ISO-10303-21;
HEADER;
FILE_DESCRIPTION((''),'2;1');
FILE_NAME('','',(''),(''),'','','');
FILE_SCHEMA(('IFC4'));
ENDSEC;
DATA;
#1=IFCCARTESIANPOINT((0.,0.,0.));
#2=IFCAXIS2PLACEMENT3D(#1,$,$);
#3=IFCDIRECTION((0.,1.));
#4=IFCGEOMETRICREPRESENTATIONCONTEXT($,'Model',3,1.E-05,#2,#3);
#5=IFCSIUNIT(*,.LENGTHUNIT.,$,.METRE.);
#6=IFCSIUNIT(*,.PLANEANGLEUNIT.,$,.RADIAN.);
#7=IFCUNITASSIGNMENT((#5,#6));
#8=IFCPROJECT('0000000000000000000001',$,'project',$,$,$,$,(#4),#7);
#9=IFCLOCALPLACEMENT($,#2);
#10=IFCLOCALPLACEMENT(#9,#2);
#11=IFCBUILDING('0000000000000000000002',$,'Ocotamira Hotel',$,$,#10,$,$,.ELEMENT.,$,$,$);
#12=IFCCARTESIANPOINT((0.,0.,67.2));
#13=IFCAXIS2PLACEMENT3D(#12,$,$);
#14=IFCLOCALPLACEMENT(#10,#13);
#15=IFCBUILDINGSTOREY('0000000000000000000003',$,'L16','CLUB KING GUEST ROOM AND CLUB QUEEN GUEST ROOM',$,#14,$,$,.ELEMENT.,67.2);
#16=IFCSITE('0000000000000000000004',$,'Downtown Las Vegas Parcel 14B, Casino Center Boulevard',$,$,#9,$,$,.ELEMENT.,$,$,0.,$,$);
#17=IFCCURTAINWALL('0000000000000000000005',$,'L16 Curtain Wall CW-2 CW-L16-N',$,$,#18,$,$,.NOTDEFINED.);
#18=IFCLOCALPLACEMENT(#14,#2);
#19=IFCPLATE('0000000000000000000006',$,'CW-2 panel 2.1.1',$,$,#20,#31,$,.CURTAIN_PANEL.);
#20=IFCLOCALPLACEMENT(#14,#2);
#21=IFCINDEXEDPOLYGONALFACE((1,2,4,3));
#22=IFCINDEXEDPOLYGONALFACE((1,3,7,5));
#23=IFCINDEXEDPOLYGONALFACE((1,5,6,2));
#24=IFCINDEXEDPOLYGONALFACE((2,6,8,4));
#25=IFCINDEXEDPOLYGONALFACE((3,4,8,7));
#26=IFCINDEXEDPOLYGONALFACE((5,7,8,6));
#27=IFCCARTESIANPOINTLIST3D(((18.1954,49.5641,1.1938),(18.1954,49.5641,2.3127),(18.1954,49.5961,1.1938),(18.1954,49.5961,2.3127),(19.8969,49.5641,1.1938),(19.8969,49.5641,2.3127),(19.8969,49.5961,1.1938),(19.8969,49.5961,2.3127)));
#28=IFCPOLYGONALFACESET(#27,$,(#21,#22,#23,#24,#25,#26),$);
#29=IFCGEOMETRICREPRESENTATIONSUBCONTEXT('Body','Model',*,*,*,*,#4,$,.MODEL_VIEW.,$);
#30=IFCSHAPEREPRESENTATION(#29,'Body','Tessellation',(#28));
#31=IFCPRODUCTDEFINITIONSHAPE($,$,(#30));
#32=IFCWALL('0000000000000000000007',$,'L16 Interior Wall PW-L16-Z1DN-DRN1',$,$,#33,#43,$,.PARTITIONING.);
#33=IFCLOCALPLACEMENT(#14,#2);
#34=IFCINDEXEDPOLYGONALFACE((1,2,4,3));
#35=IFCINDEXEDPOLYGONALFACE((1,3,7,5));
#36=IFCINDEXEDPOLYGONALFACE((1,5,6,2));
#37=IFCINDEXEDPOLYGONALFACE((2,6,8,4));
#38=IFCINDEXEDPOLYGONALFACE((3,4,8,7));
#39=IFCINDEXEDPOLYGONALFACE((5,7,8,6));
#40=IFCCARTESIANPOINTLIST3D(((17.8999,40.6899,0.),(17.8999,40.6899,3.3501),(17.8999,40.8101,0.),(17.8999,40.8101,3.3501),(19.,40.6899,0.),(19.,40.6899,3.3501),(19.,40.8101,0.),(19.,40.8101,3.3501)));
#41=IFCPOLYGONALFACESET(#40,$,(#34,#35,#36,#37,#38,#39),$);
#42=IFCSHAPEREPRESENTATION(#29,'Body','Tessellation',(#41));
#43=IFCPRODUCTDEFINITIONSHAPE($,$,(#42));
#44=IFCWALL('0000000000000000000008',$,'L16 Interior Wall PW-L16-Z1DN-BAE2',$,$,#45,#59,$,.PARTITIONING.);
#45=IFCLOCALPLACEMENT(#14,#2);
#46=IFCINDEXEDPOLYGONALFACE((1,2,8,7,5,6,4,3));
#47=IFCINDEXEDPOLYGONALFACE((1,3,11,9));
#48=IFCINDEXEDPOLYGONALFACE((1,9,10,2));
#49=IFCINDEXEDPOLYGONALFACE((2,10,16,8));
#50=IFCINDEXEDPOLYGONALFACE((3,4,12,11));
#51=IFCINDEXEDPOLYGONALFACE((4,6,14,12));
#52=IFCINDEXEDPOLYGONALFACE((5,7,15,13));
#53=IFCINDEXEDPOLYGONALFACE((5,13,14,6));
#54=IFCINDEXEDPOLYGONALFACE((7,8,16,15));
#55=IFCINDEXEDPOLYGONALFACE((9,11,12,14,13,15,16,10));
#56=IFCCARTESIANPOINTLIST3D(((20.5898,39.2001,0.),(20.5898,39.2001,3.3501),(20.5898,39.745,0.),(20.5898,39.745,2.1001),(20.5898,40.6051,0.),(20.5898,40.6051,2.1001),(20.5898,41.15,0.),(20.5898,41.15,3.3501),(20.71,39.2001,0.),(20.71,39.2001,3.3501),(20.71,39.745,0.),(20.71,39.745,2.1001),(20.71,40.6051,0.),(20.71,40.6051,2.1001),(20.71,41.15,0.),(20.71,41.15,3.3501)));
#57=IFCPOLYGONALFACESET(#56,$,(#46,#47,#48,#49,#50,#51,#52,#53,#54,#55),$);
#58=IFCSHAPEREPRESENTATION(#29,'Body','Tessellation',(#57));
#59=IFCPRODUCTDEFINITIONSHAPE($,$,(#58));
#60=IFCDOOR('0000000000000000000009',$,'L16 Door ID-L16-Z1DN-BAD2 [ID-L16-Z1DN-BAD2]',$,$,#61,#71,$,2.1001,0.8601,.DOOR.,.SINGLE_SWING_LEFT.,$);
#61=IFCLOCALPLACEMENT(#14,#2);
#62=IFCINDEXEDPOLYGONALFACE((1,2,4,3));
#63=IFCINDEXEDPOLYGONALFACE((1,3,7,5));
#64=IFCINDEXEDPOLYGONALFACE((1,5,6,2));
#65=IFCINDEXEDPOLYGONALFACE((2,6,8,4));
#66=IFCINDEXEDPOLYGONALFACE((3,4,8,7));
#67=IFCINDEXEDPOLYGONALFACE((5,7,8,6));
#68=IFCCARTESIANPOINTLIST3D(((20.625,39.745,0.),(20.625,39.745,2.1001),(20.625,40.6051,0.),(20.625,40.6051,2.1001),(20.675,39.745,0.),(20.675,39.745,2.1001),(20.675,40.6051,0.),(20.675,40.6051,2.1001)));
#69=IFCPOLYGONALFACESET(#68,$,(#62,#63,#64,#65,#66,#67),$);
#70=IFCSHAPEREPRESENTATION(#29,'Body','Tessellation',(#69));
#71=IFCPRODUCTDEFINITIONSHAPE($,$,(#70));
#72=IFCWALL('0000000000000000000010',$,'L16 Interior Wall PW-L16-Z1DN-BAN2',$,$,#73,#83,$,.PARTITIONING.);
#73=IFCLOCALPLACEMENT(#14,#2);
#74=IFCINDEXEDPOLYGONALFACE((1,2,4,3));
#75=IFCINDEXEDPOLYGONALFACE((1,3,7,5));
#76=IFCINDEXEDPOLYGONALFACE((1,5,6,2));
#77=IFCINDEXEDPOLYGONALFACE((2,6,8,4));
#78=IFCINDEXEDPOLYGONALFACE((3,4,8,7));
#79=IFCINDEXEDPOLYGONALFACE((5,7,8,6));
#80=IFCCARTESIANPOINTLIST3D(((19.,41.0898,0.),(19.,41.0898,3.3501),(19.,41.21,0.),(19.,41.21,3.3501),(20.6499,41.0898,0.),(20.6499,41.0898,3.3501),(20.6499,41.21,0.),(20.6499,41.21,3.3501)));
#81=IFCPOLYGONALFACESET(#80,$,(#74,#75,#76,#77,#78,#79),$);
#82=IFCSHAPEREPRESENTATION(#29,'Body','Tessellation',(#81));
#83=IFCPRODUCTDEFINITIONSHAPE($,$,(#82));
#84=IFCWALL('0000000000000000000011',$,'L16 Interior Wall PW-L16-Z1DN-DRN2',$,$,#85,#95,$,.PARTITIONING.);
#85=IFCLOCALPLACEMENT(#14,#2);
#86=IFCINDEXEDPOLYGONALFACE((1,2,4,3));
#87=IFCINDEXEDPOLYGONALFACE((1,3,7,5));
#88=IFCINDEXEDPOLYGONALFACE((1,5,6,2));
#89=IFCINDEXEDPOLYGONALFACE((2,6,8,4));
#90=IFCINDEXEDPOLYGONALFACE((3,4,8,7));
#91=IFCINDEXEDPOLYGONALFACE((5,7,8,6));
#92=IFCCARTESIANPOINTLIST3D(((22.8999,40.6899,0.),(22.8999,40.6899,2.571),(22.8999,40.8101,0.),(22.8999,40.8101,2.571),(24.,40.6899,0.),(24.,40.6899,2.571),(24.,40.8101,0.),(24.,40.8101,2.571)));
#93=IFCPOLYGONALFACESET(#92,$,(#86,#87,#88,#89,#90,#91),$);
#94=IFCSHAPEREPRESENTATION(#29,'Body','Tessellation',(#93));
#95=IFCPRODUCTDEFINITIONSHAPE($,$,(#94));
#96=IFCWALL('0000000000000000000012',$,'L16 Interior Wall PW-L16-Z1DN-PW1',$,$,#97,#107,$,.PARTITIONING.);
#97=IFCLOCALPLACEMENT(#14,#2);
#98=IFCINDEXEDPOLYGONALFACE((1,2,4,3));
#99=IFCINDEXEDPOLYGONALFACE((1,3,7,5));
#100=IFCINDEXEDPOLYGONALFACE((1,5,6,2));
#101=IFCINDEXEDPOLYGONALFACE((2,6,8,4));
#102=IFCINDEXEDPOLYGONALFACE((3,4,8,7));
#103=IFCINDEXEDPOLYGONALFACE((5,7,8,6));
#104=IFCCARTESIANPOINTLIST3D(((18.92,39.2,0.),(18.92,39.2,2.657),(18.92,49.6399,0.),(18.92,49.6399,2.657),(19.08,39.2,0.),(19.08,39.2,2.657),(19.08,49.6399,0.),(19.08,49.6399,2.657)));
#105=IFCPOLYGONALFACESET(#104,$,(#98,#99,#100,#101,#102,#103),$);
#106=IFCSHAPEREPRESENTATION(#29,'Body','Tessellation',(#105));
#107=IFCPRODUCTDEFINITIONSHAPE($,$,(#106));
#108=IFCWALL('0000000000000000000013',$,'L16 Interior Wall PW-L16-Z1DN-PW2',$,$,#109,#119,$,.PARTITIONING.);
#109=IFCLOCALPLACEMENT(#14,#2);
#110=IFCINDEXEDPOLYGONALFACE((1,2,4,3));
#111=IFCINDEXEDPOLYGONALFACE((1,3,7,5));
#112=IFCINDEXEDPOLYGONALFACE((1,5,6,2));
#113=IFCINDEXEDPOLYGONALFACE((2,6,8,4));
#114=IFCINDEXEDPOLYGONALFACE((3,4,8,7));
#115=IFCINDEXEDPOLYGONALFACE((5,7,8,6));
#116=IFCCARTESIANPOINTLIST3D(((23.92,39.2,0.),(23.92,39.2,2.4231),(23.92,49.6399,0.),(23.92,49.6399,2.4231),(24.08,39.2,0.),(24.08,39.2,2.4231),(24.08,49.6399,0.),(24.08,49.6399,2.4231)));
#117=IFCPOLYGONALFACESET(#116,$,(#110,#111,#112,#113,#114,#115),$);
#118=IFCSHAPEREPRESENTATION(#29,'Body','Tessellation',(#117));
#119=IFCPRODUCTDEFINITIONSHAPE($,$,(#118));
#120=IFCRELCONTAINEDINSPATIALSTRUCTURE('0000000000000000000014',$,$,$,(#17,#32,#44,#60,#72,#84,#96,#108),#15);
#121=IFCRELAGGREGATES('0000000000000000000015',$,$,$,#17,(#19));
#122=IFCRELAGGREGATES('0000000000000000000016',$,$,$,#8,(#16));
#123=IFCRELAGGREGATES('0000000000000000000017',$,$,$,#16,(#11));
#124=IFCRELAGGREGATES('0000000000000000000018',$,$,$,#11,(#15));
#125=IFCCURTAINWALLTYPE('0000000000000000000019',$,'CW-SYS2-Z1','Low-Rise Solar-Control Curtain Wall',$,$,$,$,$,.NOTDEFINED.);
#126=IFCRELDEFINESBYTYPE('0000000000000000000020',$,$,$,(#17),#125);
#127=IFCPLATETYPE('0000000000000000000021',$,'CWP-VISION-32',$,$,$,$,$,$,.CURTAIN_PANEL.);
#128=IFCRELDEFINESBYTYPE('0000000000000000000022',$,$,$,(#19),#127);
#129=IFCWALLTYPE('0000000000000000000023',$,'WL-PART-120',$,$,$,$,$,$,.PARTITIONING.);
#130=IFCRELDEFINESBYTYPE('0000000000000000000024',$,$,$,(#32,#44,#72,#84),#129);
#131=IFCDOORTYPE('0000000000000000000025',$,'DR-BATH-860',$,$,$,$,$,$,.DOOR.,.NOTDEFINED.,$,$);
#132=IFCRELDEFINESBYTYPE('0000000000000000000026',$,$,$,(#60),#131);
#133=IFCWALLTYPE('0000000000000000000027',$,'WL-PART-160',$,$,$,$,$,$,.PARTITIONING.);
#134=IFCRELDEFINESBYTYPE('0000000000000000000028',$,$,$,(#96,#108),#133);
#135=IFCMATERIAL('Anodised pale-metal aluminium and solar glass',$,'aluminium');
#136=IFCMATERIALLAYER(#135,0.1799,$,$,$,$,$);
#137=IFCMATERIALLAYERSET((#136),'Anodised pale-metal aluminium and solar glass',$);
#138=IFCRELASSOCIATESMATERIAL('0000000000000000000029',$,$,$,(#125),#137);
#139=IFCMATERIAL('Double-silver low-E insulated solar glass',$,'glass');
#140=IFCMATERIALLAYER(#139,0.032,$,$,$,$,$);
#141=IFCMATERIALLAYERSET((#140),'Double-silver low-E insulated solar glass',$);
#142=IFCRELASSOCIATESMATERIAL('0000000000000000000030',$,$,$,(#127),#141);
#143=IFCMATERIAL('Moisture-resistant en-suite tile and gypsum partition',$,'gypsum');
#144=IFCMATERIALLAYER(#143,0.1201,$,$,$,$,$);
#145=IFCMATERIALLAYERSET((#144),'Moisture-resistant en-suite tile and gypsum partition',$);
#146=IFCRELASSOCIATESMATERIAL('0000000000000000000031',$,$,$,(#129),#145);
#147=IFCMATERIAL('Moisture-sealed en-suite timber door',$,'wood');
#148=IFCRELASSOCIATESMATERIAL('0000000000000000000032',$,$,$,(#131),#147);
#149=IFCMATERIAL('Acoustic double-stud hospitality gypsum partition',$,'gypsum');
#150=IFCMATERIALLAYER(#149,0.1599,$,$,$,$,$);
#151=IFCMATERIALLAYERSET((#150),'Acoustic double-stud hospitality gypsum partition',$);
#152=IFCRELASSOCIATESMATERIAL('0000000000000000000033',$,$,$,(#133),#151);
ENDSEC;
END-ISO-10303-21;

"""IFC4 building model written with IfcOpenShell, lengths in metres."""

from ifc_helpers import new_model, si_unit, direction, frame, frame_2d, origin, origin_2d, place, context, subcontext, project, spatial, rectangle, extrude, source, transform, mapped, material, layer, layer_set, type_object, element, fill, aggregate, save


model = new_model("IFC4")

# Units and contexts
model_context = context("Model", 3, precision=1e-05, world=origin(), true_north=direction((0.0, 1.0)))
body_context = subcontext(model_context, "Body", "Model", "MODEL_VIEW")
ifc_project = project(units=[si_unit("LENGTHUNIT", "METRE"), si_unit("PLANEANGLEUNIT", "RADIAN")], contexts=[model_context])

# Site, building, storey
site_placement = place(None, origin())
site = spatial("IfcSite", under=ifc_project, at=site_placement, Name="Downtown Las Vegas Parcel 14B, Casino Center Boulevard", CompositionType="ELEMENT", RefElevation=0.0)
building_placement = place(site_placement, origin())
building = spatial("IfcBuilding", under=site, at=building_placement, Name="Ocotamira Hotel", CompositionType="ELEMENT")
storey_placement = place(building_placement, frame((0.0, 0.0, 67.2)))
storey = spatial("IfcBuildingStorey", under=building, at=storey_placement, Name="L16", Description="CLUB KING GUEST ROOM AND CLUB QUEEN GUEST ROOM", CompositionType="ELEMENT", Elevation=67.2)

# Curtain wall
ifc_material_1 = material(Name="Anodised pale-metal aluminium and solar glass", Category="aluminium")
ifc_layer_1 = layer(ifc_material_1, 0.1799)
ifc_layer_set_1 = layer_set([ifc_layer_1], Name="Anodised pale-metal aluminium and solar glass")
curtain_wall_type_1 = type_object("IfcCurtainWallType", Name="CW-SYS2-Z1", Description="Low-Rise Solar-Control Curtain Wall", PredefinedType="NOTDEFINED", material=ifc_layer_set_1)
curtain_wall_1_placement = place(storey_placement, origin())
curtain_wall_1 = element("IfcCurtainWall", 1, at=curtain_wall_1_placement, inside=storey, type_object=curtain_wall_type_1, Name="L16 Curtain Wall CW-2 CW-L16-N", PredefinedType="NOTDEFINED")

# Plate
ifc_material_2 = material(Name="Double-silver low-E insulated solar glass", Category="glass")
ifc_layer_2 = layer(ifc_material_2, 0.032)
ifc_layer_set_2 = layer_set([ifc_layer_2], Name="Double-silver low-E insulated solar glass")
plate_type_1 = type_object("IfcPlateType", Name="CWP-VISION-32", PredefinedType="CURTAIN_PANEL", material=ifc_layer_set_2)
shared_shape_1 = source(origin(), body_context, "Body", "SweptSolid", [
    extrude(rectangle(XDim=1.7014, YDim=0.032, at=origin_2d()), origin(), (0.0, 0.0, 1.0), 1.1189),
])
plate_1_placement = place(storey_placement, frame((19.0461, 49.5801, 1.1938), z_axis=(0.0, 0.0, 1.0), x_axis=(1.0, 0.0, 0.0)))
plate_1 = element("IfcPlate", 2, at=plate_1_placement, type_object=plate_type_1, Name="CW-2 panel 2.1.1", PredefinedType="CURTAIN_PANEL", context=body_context, shape_type="MappedRepresentation", body=[
    mapped(shared_shape_1, transform((0.0, 0.0, 0.0), scale=1.0)),
])
aggregate(curtain_wall_1, [plate_1])

# Wall
ifc_material_3 = material(Name="Moisture-resistant en-suite tile and gypsum partition", Category="gypsum")
ifc_layer_3 = layer(ifc_material_3, 0.1201)
ifc_layer_set_3 = layer_set([ifc_layer_3], Name="Moisture-resistant en-suite tile and gypsum partition")
wall_type_1 = type_object("IfcWallType", Name="WL-PART-120", PredefinedType="PARTITIONING", material=ifc_layer_set_3)
wall_1_placement = place(storey_placement, frame((17.8999, 40.75, 0.0), z_axis=(0.0, 0.0, 1.0), x_axis=(1.0, 0.0, 0.0)))
element("IfcWall", 3, at=wall_1_placement, inside=storey, type_object=wall_type_1, Name="L16 Interior Wall PW-L16-Z1DN-DRN1", PredefinedType="PARTITIONING", context=body_context, shape_type="SweptSolid", body=[
    extrude(rectangle(XDim=1.1001, YDim=0.1201, at=frame_2d((0.55, 0.0))), origin(), (0.0, 0.0, 1.0), 3.3501),
])

# Wall, opening, door
wall_2_placement = place(storey_placement, frame((20.6499, 39.2, 0.0), z_axis=(0.0, 0.0, 1.0), x_axis=(0.0, 1.0, 0.0)))
wall_2 = element("IfcWall", 4, at=wall_2_placement, inside=storey, type_object=wall_type_1, Name="L16 Interior Wall PW-L16-Z1DN-BAE2", PredefinedType="PARTITIONING", context=body_context, shape_type="SweptSolid", body=[
    extrude(rectangle(XDim=1.95, YDim=0.1201, at=frame_2d((0.9751, 0.0))), origin(), (0.0, 0.0, 1.0), 3.3501),
])
opening_placement = place(wall_2_placement, frame((0.5449, 0.0, 0.0)))
opening = element("IfcOpeningElement", 5, at=opening_placement, cuts=wall_2, PredefinedType="OPENING", context=body_context, shape_type="SweptSolid", body=[
    extrude(rectangle(XDim=0.8601, YDim=2.1001, at=frame_2d((0.4302, 1.05))), frame((0.0, 0.0701, 0.0), z_axis=(0.0, -1.0, 0.0), x_axis=(1.0, 0.0, 0.0)), (0.0, 0.0, 1.0), 0.1401),
])
ifc_material_4 = material(Name="Moisture-sealed en-suite timber door", Category="wood")
door_type = type_object("IfcDoorType", Name="DR-BATH-860", OperationType="NOTDEFINED", PredefinedType="DOOR", material=ifc_material_4)
shared_shape_2 = source(origin(), body_context, "Body", "SweptSolid", [
    extrude(rectangle(XDim=0.8601, YDim=2.1001, at=frame_2d((0.4302, 1.05))), frame((0.0, 0.0249, 0.0), z_axis=(0.0, -1.0, 0.0), x_axis=(1.0, 0.0, 0.0)), (0.0, 0.0, 1.0), 0.05),
])
door_placement = place(opening_placement, origin())
door = element("IfcDoor", 6, at=door_placement, inside=storey, type_object=door_type, Name="L16 Door ID-L16-Z1DN-BAD2 [ID-L16-Z1DN-BAD2]", OperationType="SINGLE_SWING_LEFT", OverallHeight=2.1001, OverallWidth=0.8601, PredefinedType="DOOR", context=body_context, shape_type="MappedRepresentation", body=[
    mapped(shared_shape_2, transform((0.0, 0.0, 0.0), scale=1.0)),
])
fill(opening, door)

# Walls
wall_3_placement = place(storey_placement, frame((19.0, 41.1499, 0.0), z_axis=(0.0, 0.0, 1.0), x_axis=(1.0, 0.0, 0.0)))
element("IfcWall", 7, at=wall_3_placement, inside=storey, type_object=wall_type_1, Name="L16 Interior Wall PW-L16-Z1DN-BAN2", PredefinedType="PARTITIONING", context=body_context, shape_type="SweptSolid", body=[
    extrude(rectangle(XDim=1.6499, YDim=0.1201, at=frame_2d((0.825, 0.0))), origin(), (0.0, 0.0, 1.0), 3.3501),
])
wall_4_placement = place(storey_placement, frame((22.8999, 40.75, 0.0), z_axis=(0.0, 0.0, 1.0), x_axis=(1.0, 0.0, 0.0)))
element("IfcWall", 8, at=wall_4_placement, inside=storey, type_object=wall_type_1, Name="L16 Interior Wall PW-L16-Z1DN-DRN2", PredefinedType="PARTITIONING", context=body_context, shape_type="SweptSolid", body=[
    extrude(rectangle(XDim=1.1001, YDim=0.1201, at=frame_2d((0.55, 0.0))), origin(), (0.0, 0.0, 1.0), 2.571),
])
ifc_material_5 = material(Name="Acoustic double-stud hospitality gypsum partition", Category="gypsum")
ifc_layer_4 = layer(ifc_material_5, 0.1599)
ifc_layer_set_4 = layer_set([ifc_layer_4], Name="Acoustic double-stud hospitality gypsum partition")
wall_type_2 = type_object("IfcWallType", Name="WL-PART-160", PredefinedType="PARTITIONING", material=ifc_layer_set_4)
wall_5_placement = place(storey_placement, frame((19.0, 39.2, 0.0), z_axis=(0.0, 0.0, 1.0), x_axis=(0.0, 1.0, 0.0)))
element("IfcWall", 9, at=wall_5_placement, inside=storey, type_object=wall_type_2, Name="L16 Interior Wall PW-L16-Z1DN-PW1", PredefinedType="PARTITIONING", context=body_context, shape_type="SweptSolid", body=[
    extrude(rectangle(XDim=10.4399, YDim=0.1599, at=frame_2d((5.22, 0.0))), origin(), (0.0, 0.0, 1.0), 2.657),
])
wall_6_placement = place(storey_placement, frame((24.0, 39.2, 0.0), z_axis=(0.0, 0.0, 1.0), x_axis=(0.0, 1.0, 0.0)))
element("IfcWall", 10, at=wall_6_placement, inside=storey, type_object=wall_type_2, Name="L16 Interior Wall PW-L16-Z1DN-PW2", PredefinedType="PARTITIONING", context=body_context, shape_type="SweptSolid", body=[
    extrude(rectangle(XDim=10.4399, YDim=0.1599, at=frame_2d((5.22, 0.0))), origin(), (0.0, 0.0, 1.0), 2.4231),
])

save(model, "model.ifc")
